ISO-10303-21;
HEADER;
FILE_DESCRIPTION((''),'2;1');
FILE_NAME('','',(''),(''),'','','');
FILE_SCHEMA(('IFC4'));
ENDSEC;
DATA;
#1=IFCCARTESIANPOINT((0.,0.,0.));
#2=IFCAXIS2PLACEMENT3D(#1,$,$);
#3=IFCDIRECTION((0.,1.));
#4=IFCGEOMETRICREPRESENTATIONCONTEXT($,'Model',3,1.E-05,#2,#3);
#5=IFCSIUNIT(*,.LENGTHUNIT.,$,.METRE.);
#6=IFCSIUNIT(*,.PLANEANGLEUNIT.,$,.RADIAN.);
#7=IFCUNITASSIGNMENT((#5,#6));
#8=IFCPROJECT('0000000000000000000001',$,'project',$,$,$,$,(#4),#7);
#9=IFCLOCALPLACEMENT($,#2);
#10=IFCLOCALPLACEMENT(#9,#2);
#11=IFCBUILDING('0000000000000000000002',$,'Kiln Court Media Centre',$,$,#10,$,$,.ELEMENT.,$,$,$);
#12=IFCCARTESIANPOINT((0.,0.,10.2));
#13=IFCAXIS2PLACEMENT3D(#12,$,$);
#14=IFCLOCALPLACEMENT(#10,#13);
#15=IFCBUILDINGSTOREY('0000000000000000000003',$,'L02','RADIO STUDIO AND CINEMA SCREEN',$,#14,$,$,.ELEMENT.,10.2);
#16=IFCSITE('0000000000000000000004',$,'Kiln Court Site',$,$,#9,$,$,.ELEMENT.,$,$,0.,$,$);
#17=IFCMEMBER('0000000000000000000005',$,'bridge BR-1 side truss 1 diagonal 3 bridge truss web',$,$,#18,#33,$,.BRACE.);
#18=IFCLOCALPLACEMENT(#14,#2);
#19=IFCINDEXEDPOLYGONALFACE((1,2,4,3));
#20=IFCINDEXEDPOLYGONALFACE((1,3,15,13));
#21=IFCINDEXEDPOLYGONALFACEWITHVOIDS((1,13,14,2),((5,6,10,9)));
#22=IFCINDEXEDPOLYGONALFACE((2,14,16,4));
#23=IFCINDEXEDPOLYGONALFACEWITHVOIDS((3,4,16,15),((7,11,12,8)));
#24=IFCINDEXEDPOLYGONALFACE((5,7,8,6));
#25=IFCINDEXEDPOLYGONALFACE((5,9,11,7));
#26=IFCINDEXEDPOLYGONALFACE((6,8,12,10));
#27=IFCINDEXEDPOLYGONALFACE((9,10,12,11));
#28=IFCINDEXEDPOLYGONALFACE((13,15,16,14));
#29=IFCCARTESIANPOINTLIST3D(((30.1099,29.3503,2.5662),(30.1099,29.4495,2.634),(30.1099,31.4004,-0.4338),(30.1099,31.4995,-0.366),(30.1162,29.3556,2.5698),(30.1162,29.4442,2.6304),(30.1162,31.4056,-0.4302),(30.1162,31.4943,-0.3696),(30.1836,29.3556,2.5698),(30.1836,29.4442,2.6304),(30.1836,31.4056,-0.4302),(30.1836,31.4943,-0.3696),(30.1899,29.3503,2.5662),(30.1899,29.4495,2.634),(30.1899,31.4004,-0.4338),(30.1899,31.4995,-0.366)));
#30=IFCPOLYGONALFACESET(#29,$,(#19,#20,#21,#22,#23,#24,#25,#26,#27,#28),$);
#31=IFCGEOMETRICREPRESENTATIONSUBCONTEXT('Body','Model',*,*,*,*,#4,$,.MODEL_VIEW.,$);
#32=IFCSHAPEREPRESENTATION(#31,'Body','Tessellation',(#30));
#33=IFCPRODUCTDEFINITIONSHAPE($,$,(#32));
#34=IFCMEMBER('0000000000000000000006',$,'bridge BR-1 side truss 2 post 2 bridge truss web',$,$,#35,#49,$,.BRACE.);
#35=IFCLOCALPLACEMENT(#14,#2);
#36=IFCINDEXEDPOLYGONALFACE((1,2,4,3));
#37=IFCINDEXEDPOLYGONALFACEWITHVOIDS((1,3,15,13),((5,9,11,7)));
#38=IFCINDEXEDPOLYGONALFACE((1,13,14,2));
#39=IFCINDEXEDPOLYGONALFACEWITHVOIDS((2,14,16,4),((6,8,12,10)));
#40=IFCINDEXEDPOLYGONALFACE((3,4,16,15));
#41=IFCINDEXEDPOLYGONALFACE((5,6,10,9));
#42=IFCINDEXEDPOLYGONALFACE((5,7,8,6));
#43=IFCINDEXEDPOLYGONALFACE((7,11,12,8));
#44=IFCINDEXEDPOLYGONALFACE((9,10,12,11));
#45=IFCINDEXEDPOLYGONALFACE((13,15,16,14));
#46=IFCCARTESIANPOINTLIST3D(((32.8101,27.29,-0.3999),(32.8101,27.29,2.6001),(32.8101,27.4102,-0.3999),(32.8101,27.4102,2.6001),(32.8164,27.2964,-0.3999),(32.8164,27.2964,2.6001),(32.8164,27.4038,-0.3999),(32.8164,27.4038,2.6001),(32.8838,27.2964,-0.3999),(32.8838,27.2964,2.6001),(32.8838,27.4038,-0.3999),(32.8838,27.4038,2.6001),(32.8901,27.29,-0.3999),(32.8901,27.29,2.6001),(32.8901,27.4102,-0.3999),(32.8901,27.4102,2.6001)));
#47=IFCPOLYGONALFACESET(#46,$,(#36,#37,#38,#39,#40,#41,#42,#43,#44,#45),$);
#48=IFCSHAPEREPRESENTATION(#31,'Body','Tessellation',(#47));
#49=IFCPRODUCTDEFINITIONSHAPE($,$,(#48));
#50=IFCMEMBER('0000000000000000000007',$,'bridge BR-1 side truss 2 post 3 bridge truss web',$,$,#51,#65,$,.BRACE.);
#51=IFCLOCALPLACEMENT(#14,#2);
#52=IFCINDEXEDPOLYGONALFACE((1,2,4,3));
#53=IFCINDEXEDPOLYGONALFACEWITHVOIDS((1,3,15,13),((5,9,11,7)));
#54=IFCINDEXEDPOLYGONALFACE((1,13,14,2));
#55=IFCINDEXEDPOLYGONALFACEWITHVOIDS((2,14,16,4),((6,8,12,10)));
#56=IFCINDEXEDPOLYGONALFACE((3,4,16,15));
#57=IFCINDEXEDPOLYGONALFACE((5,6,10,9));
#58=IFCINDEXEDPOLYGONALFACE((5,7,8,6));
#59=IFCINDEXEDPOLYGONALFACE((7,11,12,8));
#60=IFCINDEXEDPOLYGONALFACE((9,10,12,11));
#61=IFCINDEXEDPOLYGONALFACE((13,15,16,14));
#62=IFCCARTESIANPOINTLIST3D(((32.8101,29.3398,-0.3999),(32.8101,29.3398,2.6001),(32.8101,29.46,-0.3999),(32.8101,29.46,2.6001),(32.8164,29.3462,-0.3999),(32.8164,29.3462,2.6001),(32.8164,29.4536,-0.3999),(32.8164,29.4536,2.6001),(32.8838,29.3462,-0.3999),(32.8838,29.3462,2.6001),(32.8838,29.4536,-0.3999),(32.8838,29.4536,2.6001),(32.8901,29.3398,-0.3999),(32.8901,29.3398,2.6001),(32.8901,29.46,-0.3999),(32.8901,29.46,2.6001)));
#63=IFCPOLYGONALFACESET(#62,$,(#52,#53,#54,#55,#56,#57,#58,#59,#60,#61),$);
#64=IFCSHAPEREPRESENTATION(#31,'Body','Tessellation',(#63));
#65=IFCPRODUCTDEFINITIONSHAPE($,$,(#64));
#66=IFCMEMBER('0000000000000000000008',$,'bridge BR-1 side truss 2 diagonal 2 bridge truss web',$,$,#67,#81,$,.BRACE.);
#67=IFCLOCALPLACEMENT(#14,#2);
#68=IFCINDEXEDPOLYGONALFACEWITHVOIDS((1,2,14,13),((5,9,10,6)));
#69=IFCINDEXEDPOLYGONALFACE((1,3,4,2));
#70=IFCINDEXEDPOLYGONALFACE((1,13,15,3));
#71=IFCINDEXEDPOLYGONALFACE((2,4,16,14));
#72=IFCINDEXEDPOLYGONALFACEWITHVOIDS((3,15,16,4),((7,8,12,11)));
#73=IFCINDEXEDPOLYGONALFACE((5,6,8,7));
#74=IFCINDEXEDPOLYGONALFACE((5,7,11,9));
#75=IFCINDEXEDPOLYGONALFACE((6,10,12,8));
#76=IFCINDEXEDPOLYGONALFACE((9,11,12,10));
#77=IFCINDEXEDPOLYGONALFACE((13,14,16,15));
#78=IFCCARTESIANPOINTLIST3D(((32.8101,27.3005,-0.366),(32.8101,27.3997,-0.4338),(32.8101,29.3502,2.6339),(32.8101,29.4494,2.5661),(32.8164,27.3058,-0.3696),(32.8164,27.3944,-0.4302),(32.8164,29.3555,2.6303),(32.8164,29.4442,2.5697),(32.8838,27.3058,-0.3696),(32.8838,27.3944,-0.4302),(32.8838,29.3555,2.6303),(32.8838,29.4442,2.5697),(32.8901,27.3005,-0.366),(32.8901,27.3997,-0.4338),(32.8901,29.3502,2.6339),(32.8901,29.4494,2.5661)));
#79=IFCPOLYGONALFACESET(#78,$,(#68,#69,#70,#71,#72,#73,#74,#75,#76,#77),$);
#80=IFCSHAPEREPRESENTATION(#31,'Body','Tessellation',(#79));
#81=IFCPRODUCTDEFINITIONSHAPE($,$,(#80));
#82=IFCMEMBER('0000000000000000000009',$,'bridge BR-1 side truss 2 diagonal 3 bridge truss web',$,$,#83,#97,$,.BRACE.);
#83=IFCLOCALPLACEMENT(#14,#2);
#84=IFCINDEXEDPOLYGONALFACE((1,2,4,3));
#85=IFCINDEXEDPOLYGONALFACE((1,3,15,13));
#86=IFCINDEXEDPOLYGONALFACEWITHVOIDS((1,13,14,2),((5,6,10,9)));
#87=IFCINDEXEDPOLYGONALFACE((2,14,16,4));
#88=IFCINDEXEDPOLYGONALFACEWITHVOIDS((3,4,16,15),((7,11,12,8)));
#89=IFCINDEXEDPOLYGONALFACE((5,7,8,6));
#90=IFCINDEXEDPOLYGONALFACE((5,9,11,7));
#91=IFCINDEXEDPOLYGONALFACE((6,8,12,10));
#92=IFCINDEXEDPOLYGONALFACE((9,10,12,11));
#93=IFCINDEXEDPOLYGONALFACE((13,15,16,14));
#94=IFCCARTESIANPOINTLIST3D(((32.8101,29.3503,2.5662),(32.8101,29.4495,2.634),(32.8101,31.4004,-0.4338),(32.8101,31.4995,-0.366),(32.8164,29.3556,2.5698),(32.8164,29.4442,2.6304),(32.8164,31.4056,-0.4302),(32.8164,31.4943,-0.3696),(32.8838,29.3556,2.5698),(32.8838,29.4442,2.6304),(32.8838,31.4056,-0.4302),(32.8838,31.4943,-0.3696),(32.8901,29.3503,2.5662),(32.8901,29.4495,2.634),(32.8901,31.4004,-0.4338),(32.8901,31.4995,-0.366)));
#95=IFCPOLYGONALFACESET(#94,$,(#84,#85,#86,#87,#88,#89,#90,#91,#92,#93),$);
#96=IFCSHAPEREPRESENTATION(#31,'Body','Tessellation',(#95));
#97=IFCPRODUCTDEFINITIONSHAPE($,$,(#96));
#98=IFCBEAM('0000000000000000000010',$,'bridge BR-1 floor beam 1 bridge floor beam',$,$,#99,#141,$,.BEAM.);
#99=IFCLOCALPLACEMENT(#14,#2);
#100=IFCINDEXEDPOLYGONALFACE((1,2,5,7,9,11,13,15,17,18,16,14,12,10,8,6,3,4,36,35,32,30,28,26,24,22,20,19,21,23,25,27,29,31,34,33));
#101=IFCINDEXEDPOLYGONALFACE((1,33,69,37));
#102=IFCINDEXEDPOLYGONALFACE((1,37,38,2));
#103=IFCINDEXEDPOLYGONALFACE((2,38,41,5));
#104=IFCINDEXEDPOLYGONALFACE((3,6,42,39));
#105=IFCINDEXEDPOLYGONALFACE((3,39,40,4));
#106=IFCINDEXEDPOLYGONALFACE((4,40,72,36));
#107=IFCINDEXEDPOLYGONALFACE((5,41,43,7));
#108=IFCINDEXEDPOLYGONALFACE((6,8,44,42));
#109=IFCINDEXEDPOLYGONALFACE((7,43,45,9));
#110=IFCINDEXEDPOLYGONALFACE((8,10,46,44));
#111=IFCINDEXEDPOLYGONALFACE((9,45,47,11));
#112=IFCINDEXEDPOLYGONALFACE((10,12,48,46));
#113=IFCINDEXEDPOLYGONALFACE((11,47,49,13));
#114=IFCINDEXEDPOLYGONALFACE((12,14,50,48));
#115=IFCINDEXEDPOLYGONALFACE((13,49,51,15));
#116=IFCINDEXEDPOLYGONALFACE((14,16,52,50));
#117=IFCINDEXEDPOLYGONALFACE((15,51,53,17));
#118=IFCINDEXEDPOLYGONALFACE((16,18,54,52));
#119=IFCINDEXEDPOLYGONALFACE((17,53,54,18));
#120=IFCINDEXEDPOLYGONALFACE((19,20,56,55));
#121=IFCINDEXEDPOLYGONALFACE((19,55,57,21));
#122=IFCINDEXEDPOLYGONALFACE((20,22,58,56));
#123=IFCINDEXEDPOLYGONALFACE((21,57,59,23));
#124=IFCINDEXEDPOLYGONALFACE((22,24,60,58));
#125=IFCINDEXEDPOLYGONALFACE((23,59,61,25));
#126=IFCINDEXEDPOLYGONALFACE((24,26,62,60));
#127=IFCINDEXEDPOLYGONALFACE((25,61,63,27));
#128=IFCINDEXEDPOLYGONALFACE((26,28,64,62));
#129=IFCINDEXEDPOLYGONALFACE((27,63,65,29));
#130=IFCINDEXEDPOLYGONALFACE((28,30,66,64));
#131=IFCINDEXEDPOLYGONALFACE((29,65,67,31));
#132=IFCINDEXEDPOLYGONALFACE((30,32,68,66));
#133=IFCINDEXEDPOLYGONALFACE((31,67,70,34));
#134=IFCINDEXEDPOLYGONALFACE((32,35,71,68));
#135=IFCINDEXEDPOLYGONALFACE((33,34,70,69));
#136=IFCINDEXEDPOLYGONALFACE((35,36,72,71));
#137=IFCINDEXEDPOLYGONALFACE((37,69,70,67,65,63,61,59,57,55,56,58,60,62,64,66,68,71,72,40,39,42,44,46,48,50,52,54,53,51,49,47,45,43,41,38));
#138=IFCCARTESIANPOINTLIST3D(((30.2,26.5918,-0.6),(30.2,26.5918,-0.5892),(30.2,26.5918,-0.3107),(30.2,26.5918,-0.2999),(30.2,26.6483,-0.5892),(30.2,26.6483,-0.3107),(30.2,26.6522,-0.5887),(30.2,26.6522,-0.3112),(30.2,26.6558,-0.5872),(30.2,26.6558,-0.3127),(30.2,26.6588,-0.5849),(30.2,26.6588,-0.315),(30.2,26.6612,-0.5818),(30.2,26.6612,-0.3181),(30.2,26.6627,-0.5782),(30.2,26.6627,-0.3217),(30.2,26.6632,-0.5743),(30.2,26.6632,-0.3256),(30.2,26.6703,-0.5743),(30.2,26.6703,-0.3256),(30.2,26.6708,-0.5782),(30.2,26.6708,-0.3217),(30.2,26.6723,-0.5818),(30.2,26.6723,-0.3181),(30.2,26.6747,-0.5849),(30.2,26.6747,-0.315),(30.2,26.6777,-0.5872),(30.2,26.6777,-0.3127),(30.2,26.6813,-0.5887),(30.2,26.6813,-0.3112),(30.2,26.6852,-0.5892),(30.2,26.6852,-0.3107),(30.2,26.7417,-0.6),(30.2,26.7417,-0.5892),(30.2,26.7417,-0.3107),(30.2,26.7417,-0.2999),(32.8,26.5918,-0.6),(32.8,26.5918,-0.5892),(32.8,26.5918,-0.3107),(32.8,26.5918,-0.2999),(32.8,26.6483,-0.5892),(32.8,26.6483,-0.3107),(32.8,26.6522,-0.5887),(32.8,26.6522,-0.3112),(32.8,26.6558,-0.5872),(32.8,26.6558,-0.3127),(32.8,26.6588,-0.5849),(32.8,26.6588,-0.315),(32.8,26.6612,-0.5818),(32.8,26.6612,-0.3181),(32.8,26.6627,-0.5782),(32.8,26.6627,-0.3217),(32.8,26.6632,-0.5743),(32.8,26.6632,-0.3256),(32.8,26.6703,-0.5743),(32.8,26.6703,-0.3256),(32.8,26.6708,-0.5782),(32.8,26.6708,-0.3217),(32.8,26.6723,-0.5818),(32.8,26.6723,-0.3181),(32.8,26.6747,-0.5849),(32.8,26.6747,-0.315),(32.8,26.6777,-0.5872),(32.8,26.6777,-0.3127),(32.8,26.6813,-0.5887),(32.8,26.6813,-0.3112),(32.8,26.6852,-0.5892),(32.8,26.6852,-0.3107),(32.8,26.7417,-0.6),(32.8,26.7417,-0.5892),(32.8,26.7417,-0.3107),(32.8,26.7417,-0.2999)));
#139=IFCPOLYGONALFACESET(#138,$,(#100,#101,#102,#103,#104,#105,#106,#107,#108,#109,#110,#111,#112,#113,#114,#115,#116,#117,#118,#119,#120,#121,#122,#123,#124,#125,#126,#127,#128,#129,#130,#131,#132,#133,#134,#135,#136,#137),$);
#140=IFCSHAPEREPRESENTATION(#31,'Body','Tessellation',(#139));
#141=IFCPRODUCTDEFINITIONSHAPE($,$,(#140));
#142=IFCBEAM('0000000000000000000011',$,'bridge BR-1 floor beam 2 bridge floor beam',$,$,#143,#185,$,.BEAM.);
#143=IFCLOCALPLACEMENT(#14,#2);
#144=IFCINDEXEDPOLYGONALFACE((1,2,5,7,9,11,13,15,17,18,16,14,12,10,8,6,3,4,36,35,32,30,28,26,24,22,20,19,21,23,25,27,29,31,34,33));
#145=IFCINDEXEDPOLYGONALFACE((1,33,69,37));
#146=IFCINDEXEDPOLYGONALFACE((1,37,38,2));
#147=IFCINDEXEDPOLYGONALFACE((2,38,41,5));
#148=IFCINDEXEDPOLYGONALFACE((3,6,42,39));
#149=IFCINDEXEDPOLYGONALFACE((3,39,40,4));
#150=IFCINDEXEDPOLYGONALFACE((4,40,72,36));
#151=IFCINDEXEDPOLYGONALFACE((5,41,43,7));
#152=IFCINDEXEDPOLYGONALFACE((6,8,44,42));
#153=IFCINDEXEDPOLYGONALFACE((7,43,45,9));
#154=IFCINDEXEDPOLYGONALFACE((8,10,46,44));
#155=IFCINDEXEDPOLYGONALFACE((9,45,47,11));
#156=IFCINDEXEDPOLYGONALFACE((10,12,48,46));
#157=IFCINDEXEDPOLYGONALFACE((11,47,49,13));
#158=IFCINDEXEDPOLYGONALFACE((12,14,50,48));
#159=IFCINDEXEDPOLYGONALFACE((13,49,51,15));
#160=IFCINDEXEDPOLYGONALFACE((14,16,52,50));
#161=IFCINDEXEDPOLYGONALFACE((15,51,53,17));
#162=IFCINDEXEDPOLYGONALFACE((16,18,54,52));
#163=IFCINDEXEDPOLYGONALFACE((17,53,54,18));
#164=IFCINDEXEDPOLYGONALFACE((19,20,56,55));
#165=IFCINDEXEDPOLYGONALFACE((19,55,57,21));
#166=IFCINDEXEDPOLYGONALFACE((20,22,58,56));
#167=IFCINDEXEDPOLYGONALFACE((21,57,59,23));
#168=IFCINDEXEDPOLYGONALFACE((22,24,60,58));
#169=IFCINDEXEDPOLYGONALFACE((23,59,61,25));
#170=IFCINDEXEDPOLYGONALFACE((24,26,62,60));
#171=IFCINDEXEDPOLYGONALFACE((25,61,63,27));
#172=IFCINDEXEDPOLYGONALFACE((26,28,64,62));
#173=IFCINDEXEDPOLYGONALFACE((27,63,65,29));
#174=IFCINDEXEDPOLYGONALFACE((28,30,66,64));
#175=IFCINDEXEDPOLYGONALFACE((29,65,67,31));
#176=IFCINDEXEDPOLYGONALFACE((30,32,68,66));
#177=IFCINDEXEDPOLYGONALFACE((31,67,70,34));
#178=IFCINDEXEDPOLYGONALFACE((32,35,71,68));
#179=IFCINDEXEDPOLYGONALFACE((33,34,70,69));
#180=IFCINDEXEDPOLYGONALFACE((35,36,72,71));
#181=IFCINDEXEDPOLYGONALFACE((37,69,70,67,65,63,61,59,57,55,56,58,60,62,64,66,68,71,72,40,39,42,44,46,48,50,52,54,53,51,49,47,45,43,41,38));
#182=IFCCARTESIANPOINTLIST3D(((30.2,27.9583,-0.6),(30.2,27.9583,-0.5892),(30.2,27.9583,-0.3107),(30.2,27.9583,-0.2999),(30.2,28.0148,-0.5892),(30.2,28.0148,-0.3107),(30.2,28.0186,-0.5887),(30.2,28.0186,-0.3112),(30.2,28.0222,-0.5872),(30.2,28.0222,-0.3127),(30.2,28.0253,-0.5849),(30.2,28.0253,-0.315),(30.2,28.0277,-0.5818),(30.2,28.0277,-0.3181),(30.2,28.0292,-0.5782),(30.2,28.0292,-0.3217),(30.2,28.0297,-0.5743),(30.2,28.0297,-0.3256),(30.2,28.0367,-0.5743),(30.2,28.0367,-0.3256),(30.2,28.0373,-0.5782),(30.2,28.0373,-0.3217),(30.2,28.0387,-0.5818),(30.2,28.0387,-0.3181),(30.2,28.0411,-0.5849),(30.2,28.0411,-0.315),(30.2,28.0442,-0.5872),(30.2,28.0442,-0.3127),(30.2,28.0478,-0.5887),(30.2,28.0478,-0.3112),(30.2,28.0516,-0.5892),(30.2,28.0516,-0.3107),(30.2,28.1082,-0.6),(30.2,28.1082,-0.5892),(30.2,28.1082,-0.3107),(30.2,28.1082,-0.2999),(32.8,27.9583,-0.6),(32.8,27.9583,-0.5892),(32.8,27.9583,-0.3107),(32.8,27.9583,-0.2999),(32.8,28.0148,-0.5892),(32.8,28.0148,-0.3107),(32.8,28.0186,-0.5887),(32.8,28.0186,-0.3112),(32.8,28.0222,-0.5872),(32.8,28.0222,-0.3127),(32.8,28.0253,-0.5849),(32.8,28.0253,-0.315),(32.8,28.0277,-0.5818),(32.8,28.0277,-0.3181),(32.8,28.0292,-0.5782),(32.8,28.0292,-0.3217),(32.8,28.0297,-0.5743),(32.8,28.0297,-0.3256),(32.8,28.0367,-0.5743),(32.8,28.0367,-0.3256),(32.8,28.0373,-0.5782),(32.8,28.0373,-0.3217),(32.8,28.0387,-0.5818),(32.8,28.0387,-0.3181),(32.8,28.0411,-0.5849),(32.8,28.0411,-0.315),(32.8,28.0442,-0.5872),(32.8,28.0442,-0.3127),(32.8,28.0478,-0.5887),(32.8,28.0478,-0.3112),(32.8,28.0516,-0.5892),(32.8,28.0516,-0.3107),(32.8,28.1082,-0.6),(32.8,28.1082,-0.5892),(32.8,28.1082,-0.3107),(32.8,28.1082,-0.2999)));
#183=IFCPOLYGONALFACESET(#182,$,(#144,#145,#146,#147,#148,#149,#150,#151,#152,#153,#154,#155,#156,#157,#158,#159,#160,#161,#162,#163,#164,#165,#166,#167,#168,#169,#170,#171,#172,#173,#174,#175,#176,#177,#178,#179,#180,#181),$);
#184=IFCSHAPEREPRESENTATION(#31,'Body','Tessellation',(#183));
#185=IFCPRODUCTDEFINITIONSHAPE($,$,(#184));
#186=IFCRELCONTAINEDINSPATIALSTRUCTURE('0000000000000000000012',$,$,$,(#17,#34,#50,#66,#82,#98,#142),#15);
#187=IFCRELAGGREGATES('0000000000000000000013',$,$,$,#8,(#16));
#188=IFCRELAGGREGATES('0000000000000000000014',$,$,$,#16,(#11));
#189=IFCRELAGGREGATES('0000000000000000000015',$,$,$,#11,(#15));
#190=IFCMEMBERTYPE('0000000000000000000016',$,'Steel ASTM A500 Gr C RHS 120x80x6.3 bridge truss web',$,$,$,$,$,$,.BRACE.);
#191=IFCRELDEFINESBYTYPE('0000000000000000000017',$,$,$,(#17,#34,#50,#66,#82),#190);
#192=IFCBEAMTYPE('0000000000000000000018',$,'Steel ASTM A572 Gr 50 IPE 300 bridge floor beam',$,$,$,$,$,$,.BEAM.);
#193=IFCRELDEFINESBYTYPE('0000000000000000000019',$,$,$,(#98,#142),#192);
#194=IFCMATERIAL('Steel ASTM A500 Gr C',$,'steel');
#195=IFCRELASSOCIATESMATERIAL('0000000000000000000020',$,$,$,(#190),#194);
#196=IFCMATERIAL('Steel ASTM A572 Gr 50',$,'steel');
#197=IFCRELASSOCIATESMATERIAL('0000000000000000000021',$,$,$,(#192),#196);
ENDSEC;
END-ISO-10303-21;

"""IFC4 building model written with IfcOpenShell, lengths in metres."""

from ifc_helpers import new_model, si_unit, direction, frame, origin, origin_2d, place, context, subcontext, project, spatial, hollow_rectangle, i_section, extrude, material, material_profile, profile_set, type_object, element, save


model = new_model("IFC4")

# Units and contexts
model_context = context("Model", 3, precision=1e-05, world=origin(), true_north=direction((0.0, 1.0)))
body_context = subcontext(model_context, "Body", "Model", "MODEL_VIEW")
ifc_project = project(units=[si_unit("LENGTHUNIT", "METRE"), si_unit("PLANEANGLEUNIT", "RADIAN")], contexts=[model_context])

# Site, building, storey
site_placement = place(None, origin())
site = spatial("IfcSite", under=ifc_project, at=site_placement, Name="Kiln Court Site", CompositionType="ELEMENT", RefElevation=0.0)
building_placement = place(site_placement, origin())
building = spatial("IfcBuilding", under=site, at=building_placement, Name="Kiln Court Media Centre", CompositionType="ELEMENT")
storey_placement = place(building_placement, frame((0.0, 0.0, 10.2)))
storey = spatial("IfcBuildingStorey", under=building, at=storey_placement, Name="L02", Description="RADIO STUDIO AND CINEMA SCREEN", CompositionType="ELEMENT", Elevation=10.2)

# Members
ifc_material_1 = material(Name="Steel ASTM A500 Gr C", Category="steel")
ifc_material_profile_1 = material_profile(ifc_material_1, hollow_rectangle(XDim=0.0801, YDim=0.1201, WallThickness=0.0063, at=origin_2d()), Name="RHS 120x80x6.3")
ifc_profile_set_1 = profile_set([ifc_material_profile_1], Name="Steel ASTM A500 Gr C")
member_type_1 = type_object("IfcMemberType", Name="Steel ASTM A500 Gr C RHS 120x80x6.3 bridge truss web", PredefinedType="BRACE", material=ifc_profile_set_1)
member_1_placement = place(storey_placement, frame((30.1499, 29.3999, 2.6001), z_axis=(0.0, 0.5642, -0.825638), x_axis=(-1.0, 0.0, 0.0)))
element("IfcMember", 1, at=member_1_placement, inside=storey, type_object=member_type_1, Name="bridge BR-1 side truss 1 diagonal 3 bridge truss web", PredefinedType="BRACE", context=body_context, shape_type="SweptSolid", body=[
    extrude(hollow_rectangle(XDim=0.0801, YDim=0.1201, WallThickness=0.0063, at=origin_2d()), origin(), (0.0, 0.0, 1.0), 3.6335),
])
for number, where, z_axis, x_axis, name in (
    (2, (32.8501, 27.3501, -0.3999), (0.0, 0.0, 1.0), (1.0, 0.0, 0.0), "bridge BR-1 side truss 2 post 2 bridge truss web"),
    (3, (32.8501, 29.3999, -0.3999), (0.0, 0.0, 1.0), (1.0, 0.0, 0.0), "bridge BR-1 side truss 2 post 3 bridge truss web"),
):
    element("IfcMember", number, at=place(storey_placement, frame(where, z_axis=z_axis, x_axis=x_axis)), inside=storey, type_object=member_type_1, Name=name, PredefinedType="BRACE", context=body_context, shape_type="SweptSolid", body=[
        extrude(hollow_rectangle(XDim=0.0801, YDim=0.1201, WallThickness=0.0063, at=origin_2d()), origin(), (0.0, 0.0, 1.0), 3.0),
    ])
member_2_placement = place(storey_placement, frame((32.8501, 27.3501, -0.3999), z_axis=(0.0, 0.564154, 0.82567), x_axis=(-1.0, 0.0, 0.0)))
element("IfcMember", 4, at=member_2_placement, inside=storey, type_object=member_type_1, Name="bridge BR-1 side truss 2 diagonal 2 bridge truss web", PredefinedType="BRACE", context=body_context, shape_type="SweptSolid", body=[
    extrude(hollow_rectangle(XDim=0.0801, YDim=0.1201, WallThickness=0.0063, at=origin_2d()), origin(), (0.0, 0.0, 1.0), 3.6333),
])
member_3_placement = place(storey_placement, frame((32.8501, 29.3999, 2.6001), z_axis=(0.0, 0.5642, -0.825638), x_axis=(-1.0, 0.0, 0.0)))
element("IfcMember", 5, at=member_3_placement, inside=storey, type_object=member_type_1, Name="bridge BR-1 side truss 2 diagonal 3 bridge truss web", PredefinedType="BRACE", context=body_context, shape_type="SweptSolid", body=[
    extrude(hollow_rectangle(XDim=0.0801, YDim=0.1201, WallThickness=0.0063, at=origin_2d()), origin(), (0.0, 0.0, 1.0), 3.6335),
])

# Beams
ifc_material_2 = material(Name="Steel ASTM A572 Gr 50", Category="steel")
ifc_material_profile_2 = material_profile(ifc_material_2, i_section(OverallWidth=0.1499, OverallDepth=0.3, WebThickness=0.0071, FlangeThickness=0.0107, FilletRadius=0.0149, at=origin_2d()), Name="IPE 300")
ifc_profile_set_2 = profile_set([ifc_material_profile_2], Name="Steel ASTM A572 Gr 50")
beam_type = type_object("IfcBeamType", Name="Steel ASTM A572 Gr 50 IPE 300 bridge floor beam", PredefinedType="BEAM", material=ifc_profile_set_2)
for number, where, z_axis, x_axis, name in (
    (6, (30.2, 26.6667, -0.45), (1.0, 0.0, 0.0), (0.0, 1.0, 0.0), "bridge BR-1 floor beam 1 bridge floor beam"),
    (7, (30.2, 28.0332, -0.45), (1.0, 0.0, 0.0), (0.0, 1.0, 0.0), "bridge BR-1 floor beam 2 bridge floor beam"),
):
    element("IfcBeam", number, at=place(storey_placement, frame(where, z_axis=z_axis, x_axis=x_axis)), inside=storey, type_object=beam_type, Name=name, PredefinedType="BEAM", context=body_context, shape_type="SweptSolid", body=[
        extrude(i_section(OverallWidth=0.1499, OverallDepth=0.3, WebThickness=0.0071, FlangeThickness=0.0107, FilletRadius=0.0149, at=origin_2d()), origin(), (0.0, 0.0, 1.0), 2.6001),
    ])

save(model, "model.ifc")
